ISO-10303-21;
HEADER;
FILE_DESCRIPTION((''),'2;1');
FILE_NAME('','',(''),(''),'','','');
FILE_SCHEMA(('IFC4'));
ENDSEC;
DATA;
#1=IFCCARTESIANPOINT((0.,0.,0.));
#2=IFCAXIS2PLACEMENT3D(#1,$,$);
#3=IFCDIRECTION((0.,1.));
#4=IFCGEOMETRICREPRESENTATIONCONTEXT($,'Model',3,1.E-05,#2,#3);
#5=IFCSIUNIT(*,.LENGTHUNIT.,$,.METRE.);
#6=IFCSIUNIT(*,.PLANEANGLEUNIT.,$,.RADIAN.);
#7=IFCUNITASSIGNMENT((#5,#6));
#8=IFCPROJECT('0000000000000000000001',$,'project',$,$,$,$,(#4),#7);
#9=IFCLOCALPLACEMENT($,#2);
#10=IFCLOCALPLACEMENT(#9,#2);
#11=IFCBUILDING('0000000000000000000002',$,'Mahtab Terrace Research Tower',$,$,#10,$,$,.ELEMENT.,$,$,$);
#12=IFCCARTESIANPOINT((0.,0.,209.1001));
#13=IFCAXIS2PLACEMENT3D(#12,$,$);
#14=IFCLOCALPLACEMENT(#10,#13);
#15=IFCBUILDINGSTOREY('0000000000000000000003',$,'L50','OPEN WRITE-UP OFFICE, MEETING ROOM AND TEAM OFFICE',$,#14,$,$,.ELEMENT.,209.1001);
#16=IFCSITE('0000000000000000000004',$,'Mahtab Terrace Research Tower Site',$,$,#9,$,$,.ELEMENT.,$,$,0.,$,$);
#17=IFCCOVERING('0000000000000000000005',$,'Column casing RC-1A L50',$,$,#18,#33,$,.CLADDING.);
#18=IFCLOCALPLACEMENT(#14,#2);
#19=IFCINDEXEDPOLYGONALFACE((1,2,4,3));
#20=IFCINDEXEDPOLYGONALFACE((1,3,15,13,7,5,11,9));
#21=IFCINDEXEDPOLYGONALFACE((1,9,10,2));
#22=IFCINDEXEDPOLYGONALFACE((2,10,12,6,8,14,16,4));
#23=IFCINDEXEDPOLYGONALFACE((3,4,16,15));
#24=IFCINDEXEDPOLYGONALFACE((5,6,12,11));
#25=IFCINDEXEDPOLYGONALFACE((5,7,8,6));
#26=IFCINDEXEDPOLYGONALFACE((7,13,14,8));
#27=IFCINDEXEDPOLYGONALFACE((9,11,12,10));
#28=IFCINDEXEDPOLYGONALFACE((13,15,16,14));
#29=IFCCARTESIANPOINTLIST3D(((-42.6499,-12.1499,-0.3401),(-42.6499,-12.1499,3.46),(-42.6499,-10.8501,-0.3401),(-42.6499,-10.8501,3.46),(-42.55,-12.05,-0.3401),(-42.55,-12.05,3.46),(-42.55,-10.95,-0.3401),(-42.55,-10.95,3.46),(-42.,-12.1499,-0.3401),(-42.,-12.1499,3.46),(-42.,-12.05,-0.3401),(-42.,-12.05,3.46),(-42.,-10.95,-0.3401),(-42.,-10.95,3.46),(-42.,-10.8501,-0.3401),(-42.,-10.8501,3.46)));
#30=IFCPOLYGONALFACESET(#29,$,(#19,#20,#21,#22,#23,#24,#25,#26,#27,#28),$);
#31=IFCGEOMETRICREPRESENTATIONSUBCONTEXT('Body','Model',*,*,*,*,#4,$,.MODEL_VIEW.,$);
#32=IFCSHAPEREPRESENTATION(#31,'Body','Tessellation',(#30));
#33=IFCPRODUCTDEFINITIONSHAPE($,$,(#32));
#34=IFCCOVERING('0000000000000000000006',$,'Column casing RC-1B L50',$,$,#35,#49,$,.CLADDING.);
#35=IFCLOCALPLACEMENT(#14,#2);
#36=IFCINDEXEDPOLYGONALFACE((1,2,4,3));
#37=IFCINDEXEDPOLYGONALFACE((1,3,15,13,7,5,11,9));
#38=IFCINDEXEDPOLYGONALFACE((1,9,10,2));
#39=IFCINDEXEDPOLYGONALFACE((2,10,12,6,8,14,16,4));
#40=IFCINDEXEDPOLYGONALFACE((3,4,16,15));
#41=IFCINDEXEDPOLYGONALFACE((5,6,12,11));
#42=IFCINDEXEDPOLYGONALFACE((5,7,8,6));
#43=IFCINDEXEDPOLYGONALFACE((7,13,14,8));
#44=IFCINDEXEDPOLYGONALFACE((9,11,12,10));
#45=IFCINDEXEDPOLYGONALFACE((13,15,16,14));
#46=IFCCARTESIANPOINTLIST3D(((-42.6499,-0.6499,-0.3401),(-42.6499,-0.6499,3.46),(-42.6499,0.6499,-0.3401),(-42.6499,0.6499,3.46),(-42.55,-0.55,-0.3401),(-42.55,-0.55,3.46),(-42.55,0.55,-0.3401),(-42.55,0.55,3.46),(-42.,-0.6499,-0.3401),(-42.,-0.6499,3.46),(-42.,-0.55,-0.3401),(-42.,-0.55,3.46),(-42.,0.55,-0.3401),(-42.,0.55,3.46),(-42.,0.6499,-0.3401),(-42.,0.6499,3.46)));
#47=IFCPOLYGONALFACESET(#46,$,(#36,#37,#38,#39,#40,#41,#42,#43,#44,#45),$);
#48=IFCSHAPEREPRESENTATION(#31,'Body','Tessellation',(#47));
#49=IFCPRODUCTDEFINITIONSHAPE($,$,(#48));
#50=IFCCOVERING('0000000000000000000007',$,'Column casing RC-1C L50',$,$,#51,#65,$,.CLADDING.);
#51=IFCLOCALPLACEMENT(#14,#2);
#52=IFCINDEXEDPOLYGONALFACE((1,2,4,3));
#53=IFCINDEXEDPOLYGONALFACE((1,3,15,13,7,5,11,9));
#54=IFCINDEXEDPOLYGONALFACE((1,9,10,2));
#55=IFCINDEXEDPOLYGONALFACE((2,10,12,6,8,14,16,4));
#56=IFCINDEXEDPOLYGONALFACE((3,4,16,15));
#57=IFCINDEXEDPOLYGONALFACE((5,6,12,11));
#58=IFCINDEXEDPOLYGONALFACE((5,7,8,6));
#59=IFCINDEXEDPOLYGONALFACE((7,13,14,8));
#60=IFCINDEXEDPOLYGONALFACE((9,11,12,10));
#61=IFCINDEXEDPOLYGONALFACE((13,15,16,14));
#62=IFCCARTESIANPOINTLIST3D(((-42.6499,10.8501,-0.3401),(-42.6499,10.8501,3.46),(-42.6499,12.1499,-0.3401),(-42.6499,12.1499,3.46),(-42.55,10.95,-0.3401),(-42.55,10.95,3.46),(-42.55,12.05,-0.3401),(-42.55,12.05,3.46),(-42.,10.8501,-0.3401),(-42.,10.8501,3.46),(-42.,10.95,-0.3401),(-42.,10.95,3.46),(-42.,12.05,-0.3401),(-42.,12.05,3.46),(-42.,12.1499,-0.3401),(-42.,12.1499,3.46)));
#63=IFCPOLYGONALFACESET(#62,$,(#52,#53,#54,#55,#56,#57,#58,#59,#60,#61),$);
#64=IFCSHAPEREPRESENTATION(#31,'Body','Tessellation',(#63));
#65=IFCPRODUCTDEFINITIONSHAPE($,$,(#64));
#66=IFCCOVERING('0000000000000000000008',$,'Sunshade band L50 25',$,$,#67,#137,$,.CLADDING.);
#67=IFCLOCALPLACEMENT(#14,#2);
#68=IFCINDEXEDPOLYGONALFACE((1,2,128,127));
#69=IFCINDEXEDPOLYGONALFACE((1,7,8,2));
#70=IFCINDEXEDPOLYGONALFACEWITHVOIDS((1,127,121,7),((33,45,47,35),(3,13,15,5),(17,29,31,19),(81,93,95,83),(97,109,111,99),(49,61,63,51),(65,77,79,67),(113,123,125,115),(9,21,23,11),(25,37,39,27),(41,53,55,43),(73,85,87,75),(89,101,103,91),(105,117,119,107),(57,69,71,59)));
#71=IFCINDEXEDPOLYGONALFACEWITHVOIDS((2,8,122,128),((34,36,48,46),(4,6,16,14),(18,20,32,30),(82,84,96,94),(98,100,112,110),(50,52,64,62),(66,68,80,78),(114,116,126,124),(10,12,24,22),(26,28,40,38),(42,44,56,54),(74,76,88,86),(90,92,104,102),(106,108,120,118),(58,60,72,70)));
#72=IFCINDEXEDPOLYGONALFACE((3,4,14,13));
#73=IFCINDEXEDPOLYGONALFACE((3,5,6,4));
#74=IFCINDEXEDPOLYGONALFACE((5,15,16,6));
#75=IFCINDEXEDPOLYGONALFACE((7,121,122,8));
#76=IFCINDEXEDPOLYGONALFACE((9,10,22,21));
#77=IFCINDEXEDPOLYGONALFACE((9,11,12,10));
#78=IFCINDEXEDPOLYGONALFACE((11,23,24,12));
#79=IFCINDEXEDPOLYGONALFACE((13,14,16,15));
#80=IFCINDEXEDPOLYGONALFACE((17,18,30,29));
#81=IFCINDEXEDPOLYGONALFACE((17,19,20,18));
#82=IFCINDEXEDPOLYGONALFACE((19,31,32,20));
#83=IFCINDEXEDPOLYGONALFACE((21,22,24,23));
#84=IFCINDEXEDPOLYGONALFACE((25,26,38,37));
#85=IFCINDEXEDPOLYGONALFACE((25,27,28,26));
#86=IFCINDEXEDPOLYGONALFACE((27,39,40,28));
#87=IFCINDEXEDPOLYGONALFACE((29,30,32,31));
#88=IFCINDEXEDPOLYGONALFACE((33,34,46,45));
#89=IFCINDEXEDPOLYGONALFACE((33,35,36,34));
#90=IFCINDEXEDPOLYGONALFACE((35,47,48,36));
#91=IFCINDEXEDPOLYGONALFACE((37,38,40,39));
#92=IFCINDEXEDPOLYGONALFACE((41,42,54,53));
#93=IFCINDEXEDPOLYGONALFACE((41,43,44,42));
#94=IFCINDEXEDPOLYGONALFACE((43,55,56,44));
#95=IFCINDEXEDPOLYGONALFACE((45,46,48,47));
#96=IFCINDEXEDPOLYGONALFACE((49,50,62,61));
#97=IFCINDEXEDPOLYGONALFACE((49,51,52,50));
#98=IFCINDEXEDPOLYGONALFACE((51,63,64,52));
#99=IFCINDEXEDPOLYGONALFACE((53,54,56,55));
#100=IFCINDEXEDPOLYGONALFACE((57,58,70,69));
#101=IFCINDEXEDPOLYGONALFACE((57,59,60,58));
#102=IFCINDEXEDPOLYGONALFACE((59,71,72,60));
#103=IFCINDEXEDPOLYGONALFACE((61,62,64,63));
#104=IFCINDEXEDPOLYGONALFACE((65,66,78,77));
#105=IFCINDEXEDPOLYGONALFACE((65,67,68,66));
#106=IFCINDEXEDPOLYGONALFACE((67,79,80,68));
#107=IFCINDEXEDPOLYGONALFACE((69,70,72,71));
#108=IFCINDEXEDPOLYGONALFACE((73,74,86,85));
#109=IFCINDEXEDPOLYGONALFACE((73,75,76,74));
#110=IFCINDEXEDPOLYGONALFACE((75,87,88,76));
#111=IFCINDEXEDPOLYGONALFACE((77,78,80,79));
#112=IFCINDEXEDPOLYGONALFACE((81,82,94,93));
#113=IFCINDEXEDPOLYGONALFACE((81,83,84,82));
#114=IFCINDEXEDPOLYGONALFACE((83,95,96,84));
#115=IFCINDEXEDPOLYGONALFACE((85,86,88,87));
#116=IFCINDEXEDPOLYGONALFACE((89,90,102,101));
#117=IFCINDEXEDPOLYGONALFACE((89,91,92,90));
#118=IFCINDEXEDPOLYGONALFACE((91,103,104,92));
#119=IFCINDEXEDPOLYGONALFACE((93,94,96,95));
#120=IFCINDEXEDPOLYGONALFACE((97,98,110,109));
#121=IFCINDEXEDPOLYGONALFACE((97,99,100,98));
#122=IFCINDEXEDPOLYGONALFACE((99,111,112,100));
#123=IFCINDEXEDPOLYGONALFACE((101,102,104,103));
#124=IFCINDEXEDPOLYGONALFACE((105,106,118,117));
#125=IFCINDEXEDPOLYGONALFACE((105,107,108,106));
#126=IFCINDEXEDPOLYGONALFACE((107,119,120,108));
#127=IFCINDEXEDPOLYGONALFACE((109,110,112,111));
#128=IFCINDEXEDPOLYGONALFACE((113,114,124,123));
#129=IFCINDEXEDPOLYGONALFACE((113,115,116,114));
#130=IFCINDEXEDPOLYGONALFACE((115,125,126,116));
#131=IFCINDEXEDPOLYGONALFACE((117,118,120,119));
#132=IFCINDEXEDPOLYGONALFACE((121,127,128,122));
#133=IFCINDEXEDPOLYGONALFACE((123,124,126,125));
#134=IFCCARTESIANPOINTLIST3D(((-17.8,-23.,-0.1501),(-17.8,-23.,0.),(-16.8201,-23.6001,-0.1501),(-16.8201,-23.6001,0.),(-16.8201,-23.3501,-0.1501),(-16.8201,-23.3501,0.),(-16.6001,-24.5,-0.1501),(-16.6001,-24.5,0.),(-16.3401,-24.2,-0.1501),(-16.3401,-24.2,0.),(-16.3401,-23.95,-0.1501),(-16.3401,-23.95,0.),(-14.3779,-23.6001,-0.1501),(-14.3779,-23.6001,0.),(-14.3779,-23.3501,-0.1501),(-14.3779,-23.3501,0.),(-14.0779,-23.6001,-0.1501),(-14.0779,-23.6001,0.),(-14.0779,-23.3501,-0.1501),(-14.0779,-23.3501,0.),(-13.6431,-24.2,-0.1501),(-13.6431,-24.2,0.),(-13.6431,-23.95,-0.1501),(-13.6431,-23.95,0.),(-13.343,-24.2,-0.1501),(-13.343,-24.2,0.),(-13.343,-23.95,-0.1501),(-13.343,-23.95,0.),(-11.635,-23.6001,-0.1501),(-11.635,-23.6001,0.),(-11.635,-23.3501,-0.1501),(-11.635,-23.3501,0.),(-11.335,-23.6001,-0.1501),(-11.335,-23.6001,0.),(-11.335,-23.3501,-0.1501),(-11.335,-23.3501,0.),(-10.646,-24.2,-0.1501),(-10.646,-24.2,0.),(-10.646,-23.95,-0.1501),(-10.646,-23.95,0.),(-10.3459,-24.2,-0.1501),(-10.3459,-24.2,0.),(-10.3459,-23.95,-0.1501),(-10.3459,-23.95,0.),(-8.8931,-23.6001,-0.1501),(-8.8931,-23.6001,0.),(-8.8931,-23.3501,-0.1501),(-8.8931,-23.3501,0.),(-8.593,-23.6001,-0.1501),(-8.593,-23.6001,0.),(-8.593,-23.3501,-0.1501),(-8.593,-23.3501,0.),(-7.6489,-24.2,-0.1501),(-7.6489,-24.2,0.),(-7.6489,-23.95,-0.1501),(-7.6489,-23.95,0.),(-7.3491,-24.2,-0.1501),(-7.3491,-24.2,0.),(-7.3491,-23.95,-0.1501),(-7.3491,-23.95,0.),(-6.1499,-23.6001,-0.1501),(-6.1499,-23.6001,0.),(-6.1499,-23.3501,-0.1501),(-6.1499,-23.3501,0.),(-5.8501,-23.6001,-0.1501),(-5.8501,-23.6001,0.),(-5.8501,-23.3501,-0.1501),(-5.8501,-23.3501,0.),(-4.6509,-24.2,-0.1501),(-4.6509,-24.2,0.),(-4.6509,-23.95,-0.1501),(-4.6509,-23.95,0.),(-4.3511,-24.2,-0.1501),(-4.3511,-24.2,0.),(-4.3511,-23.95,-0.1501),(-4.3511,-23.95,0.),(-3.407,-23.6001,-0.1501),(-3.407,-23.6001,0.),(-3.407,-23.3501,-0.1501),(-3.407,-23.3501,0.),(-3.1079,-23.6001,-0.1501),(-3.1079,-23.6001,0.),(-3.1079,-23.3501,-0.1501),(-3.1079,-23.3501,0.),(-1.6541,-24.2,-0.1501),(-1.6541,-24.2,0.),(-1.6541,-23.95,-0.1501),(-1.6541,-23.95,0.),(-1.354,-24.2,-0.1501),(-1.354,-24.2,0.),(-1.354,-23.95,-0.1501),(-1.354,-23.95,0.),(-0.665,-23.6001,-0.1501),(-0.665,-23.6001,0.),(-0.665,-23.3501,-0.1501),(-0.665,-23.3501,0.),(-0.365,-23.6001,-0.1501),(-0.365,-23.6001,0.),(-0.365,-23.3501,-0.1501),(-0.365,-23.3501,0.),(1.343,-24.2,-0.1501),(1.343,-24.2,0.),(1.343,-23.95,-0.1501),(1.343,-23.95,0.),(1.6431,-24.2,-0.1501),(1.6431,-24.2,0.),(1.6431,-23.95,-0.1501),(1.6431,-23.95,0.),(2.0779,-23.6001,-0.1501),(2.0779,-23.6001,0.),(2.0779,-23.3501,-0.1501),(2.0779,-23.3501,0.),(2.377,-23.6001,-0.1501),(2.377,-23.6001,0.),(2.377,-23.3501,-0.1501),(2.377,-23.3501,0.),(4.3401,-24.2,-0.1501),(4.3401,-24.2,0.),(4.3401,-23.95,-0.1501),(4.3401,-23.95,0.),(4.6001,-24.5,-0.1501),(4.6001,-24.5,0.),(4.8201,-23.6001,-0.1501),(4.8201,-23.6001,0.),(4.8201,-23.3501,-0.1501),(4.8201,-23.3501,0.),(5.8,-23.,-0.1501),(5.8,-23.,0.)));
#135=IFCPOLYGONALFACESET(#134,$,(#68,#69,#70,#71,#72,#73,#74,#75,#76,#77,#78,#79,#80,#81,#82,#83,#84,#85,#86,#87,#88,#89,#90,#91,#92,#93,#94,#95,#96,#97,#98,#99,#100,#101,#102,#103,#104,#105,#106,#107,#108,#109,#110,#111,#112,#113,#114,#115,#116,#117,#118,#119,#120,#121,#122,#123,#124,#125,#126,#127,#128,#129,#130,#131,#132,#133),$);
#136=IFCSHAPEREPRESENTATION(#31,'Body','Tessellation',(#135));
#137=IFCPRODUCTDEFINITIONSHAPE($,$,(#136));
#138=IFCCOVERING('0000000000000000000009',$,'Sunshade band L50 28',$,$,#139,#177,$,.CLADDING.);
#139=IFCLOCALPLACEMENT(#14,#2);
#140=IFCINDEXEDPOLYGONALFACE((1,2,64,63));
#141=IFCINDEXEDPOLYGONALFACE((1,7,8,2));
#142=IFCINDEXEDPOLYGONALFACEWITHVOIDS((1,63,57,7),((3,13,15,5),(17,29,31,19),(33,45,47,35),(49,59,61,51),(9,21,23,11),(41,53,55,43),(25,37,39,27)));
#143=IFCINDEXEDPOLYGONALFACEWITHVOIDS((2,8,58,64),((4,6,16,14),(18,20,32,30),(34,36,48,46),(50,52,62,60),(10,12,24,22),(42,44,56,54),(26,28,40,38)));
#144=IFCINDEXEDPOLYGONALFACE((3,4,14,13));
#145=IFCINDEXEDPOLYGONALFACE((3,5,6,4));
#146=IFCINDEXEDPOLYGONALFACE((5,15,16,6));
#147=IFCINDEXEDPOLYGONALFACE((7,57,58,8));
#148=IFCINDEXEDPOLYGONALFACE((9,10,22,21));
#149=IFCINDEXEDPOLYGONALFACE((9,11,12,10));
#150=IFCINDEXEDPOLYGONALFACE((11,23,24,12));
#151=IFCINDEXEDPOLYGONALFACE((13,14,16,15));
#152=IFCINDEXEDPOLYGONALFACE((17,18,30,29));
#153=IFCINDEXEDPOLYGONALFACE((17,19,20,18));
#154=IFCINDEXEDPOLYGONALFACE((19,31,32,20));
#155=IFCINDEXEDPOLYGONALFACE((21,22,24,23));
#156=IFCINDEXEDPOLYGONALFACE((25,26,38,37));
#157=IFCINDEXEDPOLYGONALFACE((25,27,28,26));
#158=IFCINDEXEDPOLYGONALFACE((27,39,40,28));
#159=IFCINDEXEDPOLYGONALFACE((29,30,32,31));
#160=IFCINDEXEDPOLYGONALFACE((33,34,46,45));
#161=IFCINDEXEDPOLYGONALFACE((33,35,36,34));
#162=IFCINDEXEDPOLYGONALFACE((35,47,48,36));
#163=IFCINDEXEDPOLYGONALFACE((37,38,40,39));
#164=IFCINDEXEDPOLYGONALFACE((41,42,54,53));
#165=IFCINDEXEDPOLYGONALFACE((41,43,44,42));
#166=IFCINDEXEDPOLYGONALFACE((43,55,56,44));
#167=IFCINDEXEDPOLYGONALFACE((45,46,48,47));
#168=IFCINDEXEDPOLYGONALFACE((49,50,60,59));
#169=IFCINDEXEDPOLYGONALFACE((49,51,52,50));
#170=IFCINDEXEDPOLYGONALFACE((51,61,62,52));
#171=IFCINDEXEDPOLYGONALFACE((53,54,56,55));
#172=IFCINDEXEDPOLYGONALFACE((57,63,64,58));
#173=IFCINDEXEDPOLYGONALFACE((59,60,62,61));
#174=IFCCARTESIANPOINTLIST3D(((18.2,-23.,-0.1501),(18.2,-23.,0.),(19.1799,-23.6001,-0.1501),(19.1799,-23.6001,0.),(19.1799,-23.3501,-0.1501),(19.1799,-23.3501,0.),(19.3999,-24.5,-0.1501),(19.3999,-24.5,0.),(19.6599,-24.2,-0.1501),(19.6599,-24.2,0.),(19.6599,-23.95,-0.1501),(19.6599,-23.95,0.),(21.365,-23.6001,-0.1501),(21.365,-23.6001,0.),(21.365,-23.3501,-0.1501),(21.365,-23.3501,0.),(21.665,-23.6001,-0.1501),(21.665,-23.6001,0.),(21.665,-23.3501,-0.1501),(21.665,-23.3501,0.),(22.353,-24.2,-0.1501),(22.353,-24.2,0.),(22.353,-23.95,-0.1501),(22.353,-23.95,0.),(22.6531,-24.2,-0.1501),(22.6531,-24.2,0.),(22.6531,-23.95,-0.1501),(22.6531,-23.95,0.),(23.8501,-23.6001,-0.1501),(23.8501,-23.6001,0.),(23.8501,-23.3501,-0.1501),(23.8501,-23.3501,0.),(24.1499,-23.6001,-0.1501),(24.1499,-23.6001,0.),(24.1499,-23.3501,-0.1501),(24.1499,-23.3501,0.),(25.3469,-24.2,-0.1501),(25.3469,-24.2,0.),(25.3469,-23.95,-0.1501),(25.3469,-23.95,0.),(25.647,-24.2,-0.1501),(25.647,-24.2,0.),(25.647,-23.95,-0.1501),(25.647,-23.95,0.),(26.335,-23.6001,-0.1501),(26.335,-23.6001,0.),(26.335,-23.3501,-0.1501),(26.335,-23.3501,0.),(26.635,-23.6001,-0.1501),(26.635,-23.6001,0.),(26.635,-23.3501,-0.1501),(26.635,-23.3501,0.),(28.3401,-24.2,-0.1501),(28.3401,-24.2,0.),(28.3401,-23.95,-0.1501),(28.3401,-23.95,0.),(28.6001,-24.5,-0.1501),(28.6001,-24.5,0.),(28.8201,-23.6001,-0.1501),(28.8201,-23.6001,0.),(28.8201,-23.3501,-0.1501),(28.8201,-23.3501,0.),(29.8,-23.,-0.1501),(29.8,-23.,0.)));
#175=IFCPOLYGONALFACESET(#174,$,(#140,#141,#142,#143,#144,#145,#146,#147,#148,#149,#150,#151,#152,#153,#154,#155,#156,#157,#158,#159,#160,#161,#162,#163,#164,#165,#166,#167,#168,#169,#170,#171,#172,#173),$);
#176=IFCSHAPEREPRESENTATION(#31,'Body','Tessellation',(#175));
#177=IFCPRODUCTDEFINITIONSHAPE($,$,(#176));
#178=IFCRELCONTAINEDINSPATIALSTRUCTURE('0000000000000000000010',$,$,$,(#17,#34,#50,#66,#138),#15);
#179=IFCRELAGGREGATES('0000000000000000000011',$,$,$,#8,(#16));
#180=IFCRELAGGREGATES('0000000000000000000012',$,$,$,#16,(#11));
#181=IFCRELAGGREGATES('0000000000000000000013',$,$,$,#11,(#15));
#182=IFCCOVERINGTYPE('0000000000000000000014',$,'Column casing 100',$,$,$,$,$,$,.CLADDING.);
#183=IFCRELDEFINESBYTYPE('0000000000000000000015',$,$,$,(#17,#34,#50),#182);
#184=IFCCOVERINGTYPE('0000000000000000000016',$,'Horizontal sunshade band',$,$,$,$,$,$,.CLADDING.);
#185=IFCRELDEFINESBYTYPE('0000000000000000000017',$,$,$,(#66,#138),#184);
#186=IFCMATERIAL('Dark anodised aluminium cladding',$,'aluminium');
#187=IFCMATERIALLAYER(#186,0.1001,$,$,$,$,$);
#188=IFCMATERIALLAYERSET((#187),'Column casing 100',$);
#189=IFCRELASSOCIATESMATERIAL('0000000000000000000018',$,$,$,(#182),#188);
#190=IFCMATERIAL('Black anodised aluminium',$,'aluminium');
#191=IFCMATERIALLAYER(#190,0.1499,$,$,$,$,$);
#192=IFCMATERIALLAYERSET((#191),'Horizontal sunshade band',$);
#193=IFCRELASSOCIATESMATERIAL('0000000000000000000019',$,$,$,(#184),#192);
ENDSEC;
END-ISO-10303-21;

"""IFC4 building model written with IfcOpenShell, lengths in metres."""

from ifc_helpers import new_model, si_unit, direction, frame, origin, place, context, subcontext, project, spatial, polyline, outline, extrude, material, layer, layer_set, type_object, element, save


model = new_model("IFC4")

# Units and contexts
model_context = context("Model", 3, precision=1e-05, world=origin(), true_north=direction((0.0, 1.0)))
body_context = subcontext(model_context, "Body", "Model", "MODEL_VIEW")
ifc_project = project(units=[si_unit("LENGTHUNIT", "METRE"), si_unit("PLANEANGLEUNIT", "RADIAN")], contexts=[model_context])

# Site, building, storey
site_placement = place(None, origin())
site = spatial("IfcSite", under=ifc_project, at=site_placement, Name="Mahtab Terrace Research Tower Site", CompositionType="ELEMENT", RefElevation=0.0)
building_placement = place(site_placement, origin())
building = spatial("IfcBuilding", under=site, at=building_placement, Name="Mahtab Terrace Research Tower", CompositionType="ELEMENT")
storey_placement = place(building_placement, frame((0.0, 0.0, 209.1001)))
storey = spatial("IfcBuildingStorey", under=building, at=storey_placement, Name="L50", Description="OPEN WRITE-UP OFFICE, MEETING ROOM AND TEAM OFFICE", CompositionType="ELEMENT", Elevation=209.1001)

# Coverings
ifc_material_1 = material(Name="Dark anodised aluminium cladding", Category="aluminium")
ifc_layer_1 = layer(ifc_material_1, 0.1001)
ifc_layer_set_1 = layer_set([ifc_layer_1], Name="Column casing 100")
covering_type_1 = type_object("IfcCoveringType", Name="Column casing 100", PredefinedType="CLADDING", material=ifc_layer_set_1)
covering_1_placement = place(storey_placement, frame((0.0, 0.0, -0.3401)))
element("IfcCovering", 1, at=covering_1_placement, inside=storey, type_object=covering_type_1, Name="Column casing RC-1A L50", PredefinedType="CLADDING", context=body_context, shape_type="SweptSolid", body=[
    extrude(outline(polyline([(-42.6499, -10.8501), (-42.0, -10.8501), (-42.0, -10.95), (-42.55, -10.95), (-42.55, -12.05), (-42.0, -12.05), (-42.0, -12.1499), (-42.6499, -12.1499), (-42.6499, -10.8501)])), origin(), (0.0, 0.0, 1.0), 3.8),
])
covering_2_placement = place(storey_placement, frame((0.0, 0.0, -0.3401)))
element("IfcCovering", 2, at=covering_2_placement, inside=storey, type_object=covering_type_1, Name="Column casing RC-1B L50", PredefinedType="CLADDING", context=body_context, shape_type="SweptSolid", body=[
    extrude(outline(polyline([(-42.6499, 0.6499), (-42.0, 0.6499), (-42.0, 0.55), (-42.55, 0.55), (-42.55, -0.55), (-42.0, -0.55), (-42.0, -0.6499), (-42.6499, -0.6499), (-42.6499, 0.6499)])), origin(), (0.0, 0.0, 1.0), 3.8),
])
covering_3_placement = place(storey_placement, frame((0.0, 0.0, -0.3401)))
element("IfcCovering", 3, at=covering_3_placement, inside=storey, type_object=covering_type_1, Name="Column casing RC-1C L50", PredefinedType="CLADDING", context=body_context, shape_type="SweptSolid", body=[
    extrude(outline(polyline([(-42.6499, 12.1499), (-42.0, 12.1499), (-42.0, 12.05), (-42.55, 12.05), (-42.55, 10.95), (-42.0, 10.95), (-42.0, 10.8501), (-42.6499, 10.8501), (-42.6499, 12.1499)])), origin(), (0.0, 0.0, 1.0), 3.8),
])
ifc_material_2 = material(Name="Black anodised aluminium", Category="aluminium")
ifc_layer_2 = layer(ifc_material_2, 0.1499)
ifc_layer_set_2 = layer_set([ifc_layer_2], Name="Horizontal sunshade band")
covering_type_2 = type_object("IfcCoveringType", Name="Horizontal sunshade band", PredefinedType="CLADDING", material=ifc_layer_set_2)
covering_4_placement = place(storey_placement, frame((0.0, 0.0, -0.1501)))
element("IfcCovering", 4, at=covering_4_placement, inside=storey, type_object=covering_type_2, Name="Sunshade band L50 25", PredefinedType="CLADDING", context=body_context, shape_type="SweptSolid", body=[
    extrude(outline(polyline([(-17.8, -23.0), (5.8, -23.0), (4.6001, -24.5), (-16.6001, -24.5), (-17.8, -23.0)]), holes=[polyline([(-16.8201, -23.3501), (-14.3779, -23.3501), (-14.3779, -23.6001), (-16.8201, -23.6001), (-16.8201, -23.3501)]), polyline([(-14.0779, -23.3501), (-11.635, -23.3501), (-11.635, -23.6001), (-14.0779, -23.6001), (-14.0779, -23.3501)]), polyline([(-11.335, -23.3501), (-8.8931, -23.3501), (-8.8931, -23.6001), (-11.335, -23.6001), (-11.335, -23.3501)]), polyline([(-8.593, -23.3501), (-6.1499, -23.3501), (-6.1499, -23.6001), (-8.593, -23.6001), (-8.593, -23.3501)]), polyline([(-5.8501, -23.3501), (-3.407, -23.3501), (-3.407, -23.6001), (-5.8501, -23.6001), (-5.8501, -23.3501)]), polyline([(-3.1079, -23.3501), (-0.665, -23.3501), (-0.665, -23.6001), (-3.1079, -23.6001), (-3.1079, -23.3501)]), polyline([(-0.365, -23.3501), (2.0779, -23.3501), (2.0779, -23.6001), (-0.365, -23.6001), (-0.365, -23.3501)]), polyline([(2.377, -23.3501), (4.8201, -23.3501), (4.8201, -23.6001), (2.377, -23.6001), (2.377, -23.3501)]), polyline([(-16.3401, -23.95), (-13.6431, -23.95), (-13.6431, -24.2), (-16.3401, -24.2), (-16.3401, -23.95)]), polyline([(-13.343, -23.95), (-10.646, -23.95), (-10.646, -24.2), (-13.343, -24.2), (-13.343, -23.95)]), polyline([(-10.3459, -23.95), (-7.6489, -23.95), (-7.6489, -24.2), (-10.3459, -24.2), (-10.3459, -23.95)]), polyline([(-7.3491, -23.95), (-4.6509, -23.95), (-4.6509, -24.2), (-7.3491, -24.2), (-7.3491, -23.95)]), polyline([(-4.3511, -23.95), (-1.6541, -23.95), (-1.6541, -24.2), (-4.3511, -24.2), (-4.3511, -23.95)]), polyline([(-1.354, -23.95), (1.343, -23.95), (1.343, -24.2), (-1.354, -24.2), (-1.354, -23.95)]), polyline([(1.6431, -23.95), (4.3401, -23.95), (4.3401, -24.2), (1.6431, -24.2), (1.6431, -23.95)])]), origin(), (0.0, 0.0, 1.0), 0.1501),
])
covering_5_placement = place(storey_placement, frame((0.0, 0.0, -0.1501)))
element("IfcCovering", 5, at=covering_5_placement, inside=storey, type_object=covering_type_2, Name="Sunshade band L50 28", PredefinedType="CLADDING", context=body_context, shape_type="SweptSolid", body=[
    extrude(outline(polyline([(18.2, -23.0), (29.8, -23.0), (28.6001, -24.5), (19.3999, -24.5), (18.2, -23.0)]), holes=[polyline([(19.1799, -23.3501), (21.365, -23.3501), (21.365, -23.6001), (19.1799, -23.6001), (19.1799, -23.3501)]), polyline([(21.665, -23.3501), (23.8501, -23.3501), (23.8501, -23.6001), (21.665, -23.6001), (21.665, -23.3501)]), polyline([(24.1499, -23.3501), (26.335, -23.3501), (26.335, -23.6001), (24.1499, -23.6001), (24.1499, -23.3501)]), polyline([(26.635, -23.3501), (28.8201, -23.3501), (28.8201, -23.6001), (26.635, -23.6001), (26.635, -23.3501)]), polyline([(19.6599, -23.95), (22.353, -23.95), (22.353, -24.2), (19.6599, -24.2), (19.6599, -23.95)]), polyline([(22.6531, -23.95), (25.3469, -23.95), (25.3469, -24.2), (22.6531, -24.2), (22.6531, -23.95)]), polyline([(25.647, -23.95), (28.3401, -23.95), (28.3401, -24.2), (25.647, -24.2), (25.647, -23.95)])]), origin(), (0.0, 0.0, 1.0), 0.1501),
])

save(model, "model.ifc")
